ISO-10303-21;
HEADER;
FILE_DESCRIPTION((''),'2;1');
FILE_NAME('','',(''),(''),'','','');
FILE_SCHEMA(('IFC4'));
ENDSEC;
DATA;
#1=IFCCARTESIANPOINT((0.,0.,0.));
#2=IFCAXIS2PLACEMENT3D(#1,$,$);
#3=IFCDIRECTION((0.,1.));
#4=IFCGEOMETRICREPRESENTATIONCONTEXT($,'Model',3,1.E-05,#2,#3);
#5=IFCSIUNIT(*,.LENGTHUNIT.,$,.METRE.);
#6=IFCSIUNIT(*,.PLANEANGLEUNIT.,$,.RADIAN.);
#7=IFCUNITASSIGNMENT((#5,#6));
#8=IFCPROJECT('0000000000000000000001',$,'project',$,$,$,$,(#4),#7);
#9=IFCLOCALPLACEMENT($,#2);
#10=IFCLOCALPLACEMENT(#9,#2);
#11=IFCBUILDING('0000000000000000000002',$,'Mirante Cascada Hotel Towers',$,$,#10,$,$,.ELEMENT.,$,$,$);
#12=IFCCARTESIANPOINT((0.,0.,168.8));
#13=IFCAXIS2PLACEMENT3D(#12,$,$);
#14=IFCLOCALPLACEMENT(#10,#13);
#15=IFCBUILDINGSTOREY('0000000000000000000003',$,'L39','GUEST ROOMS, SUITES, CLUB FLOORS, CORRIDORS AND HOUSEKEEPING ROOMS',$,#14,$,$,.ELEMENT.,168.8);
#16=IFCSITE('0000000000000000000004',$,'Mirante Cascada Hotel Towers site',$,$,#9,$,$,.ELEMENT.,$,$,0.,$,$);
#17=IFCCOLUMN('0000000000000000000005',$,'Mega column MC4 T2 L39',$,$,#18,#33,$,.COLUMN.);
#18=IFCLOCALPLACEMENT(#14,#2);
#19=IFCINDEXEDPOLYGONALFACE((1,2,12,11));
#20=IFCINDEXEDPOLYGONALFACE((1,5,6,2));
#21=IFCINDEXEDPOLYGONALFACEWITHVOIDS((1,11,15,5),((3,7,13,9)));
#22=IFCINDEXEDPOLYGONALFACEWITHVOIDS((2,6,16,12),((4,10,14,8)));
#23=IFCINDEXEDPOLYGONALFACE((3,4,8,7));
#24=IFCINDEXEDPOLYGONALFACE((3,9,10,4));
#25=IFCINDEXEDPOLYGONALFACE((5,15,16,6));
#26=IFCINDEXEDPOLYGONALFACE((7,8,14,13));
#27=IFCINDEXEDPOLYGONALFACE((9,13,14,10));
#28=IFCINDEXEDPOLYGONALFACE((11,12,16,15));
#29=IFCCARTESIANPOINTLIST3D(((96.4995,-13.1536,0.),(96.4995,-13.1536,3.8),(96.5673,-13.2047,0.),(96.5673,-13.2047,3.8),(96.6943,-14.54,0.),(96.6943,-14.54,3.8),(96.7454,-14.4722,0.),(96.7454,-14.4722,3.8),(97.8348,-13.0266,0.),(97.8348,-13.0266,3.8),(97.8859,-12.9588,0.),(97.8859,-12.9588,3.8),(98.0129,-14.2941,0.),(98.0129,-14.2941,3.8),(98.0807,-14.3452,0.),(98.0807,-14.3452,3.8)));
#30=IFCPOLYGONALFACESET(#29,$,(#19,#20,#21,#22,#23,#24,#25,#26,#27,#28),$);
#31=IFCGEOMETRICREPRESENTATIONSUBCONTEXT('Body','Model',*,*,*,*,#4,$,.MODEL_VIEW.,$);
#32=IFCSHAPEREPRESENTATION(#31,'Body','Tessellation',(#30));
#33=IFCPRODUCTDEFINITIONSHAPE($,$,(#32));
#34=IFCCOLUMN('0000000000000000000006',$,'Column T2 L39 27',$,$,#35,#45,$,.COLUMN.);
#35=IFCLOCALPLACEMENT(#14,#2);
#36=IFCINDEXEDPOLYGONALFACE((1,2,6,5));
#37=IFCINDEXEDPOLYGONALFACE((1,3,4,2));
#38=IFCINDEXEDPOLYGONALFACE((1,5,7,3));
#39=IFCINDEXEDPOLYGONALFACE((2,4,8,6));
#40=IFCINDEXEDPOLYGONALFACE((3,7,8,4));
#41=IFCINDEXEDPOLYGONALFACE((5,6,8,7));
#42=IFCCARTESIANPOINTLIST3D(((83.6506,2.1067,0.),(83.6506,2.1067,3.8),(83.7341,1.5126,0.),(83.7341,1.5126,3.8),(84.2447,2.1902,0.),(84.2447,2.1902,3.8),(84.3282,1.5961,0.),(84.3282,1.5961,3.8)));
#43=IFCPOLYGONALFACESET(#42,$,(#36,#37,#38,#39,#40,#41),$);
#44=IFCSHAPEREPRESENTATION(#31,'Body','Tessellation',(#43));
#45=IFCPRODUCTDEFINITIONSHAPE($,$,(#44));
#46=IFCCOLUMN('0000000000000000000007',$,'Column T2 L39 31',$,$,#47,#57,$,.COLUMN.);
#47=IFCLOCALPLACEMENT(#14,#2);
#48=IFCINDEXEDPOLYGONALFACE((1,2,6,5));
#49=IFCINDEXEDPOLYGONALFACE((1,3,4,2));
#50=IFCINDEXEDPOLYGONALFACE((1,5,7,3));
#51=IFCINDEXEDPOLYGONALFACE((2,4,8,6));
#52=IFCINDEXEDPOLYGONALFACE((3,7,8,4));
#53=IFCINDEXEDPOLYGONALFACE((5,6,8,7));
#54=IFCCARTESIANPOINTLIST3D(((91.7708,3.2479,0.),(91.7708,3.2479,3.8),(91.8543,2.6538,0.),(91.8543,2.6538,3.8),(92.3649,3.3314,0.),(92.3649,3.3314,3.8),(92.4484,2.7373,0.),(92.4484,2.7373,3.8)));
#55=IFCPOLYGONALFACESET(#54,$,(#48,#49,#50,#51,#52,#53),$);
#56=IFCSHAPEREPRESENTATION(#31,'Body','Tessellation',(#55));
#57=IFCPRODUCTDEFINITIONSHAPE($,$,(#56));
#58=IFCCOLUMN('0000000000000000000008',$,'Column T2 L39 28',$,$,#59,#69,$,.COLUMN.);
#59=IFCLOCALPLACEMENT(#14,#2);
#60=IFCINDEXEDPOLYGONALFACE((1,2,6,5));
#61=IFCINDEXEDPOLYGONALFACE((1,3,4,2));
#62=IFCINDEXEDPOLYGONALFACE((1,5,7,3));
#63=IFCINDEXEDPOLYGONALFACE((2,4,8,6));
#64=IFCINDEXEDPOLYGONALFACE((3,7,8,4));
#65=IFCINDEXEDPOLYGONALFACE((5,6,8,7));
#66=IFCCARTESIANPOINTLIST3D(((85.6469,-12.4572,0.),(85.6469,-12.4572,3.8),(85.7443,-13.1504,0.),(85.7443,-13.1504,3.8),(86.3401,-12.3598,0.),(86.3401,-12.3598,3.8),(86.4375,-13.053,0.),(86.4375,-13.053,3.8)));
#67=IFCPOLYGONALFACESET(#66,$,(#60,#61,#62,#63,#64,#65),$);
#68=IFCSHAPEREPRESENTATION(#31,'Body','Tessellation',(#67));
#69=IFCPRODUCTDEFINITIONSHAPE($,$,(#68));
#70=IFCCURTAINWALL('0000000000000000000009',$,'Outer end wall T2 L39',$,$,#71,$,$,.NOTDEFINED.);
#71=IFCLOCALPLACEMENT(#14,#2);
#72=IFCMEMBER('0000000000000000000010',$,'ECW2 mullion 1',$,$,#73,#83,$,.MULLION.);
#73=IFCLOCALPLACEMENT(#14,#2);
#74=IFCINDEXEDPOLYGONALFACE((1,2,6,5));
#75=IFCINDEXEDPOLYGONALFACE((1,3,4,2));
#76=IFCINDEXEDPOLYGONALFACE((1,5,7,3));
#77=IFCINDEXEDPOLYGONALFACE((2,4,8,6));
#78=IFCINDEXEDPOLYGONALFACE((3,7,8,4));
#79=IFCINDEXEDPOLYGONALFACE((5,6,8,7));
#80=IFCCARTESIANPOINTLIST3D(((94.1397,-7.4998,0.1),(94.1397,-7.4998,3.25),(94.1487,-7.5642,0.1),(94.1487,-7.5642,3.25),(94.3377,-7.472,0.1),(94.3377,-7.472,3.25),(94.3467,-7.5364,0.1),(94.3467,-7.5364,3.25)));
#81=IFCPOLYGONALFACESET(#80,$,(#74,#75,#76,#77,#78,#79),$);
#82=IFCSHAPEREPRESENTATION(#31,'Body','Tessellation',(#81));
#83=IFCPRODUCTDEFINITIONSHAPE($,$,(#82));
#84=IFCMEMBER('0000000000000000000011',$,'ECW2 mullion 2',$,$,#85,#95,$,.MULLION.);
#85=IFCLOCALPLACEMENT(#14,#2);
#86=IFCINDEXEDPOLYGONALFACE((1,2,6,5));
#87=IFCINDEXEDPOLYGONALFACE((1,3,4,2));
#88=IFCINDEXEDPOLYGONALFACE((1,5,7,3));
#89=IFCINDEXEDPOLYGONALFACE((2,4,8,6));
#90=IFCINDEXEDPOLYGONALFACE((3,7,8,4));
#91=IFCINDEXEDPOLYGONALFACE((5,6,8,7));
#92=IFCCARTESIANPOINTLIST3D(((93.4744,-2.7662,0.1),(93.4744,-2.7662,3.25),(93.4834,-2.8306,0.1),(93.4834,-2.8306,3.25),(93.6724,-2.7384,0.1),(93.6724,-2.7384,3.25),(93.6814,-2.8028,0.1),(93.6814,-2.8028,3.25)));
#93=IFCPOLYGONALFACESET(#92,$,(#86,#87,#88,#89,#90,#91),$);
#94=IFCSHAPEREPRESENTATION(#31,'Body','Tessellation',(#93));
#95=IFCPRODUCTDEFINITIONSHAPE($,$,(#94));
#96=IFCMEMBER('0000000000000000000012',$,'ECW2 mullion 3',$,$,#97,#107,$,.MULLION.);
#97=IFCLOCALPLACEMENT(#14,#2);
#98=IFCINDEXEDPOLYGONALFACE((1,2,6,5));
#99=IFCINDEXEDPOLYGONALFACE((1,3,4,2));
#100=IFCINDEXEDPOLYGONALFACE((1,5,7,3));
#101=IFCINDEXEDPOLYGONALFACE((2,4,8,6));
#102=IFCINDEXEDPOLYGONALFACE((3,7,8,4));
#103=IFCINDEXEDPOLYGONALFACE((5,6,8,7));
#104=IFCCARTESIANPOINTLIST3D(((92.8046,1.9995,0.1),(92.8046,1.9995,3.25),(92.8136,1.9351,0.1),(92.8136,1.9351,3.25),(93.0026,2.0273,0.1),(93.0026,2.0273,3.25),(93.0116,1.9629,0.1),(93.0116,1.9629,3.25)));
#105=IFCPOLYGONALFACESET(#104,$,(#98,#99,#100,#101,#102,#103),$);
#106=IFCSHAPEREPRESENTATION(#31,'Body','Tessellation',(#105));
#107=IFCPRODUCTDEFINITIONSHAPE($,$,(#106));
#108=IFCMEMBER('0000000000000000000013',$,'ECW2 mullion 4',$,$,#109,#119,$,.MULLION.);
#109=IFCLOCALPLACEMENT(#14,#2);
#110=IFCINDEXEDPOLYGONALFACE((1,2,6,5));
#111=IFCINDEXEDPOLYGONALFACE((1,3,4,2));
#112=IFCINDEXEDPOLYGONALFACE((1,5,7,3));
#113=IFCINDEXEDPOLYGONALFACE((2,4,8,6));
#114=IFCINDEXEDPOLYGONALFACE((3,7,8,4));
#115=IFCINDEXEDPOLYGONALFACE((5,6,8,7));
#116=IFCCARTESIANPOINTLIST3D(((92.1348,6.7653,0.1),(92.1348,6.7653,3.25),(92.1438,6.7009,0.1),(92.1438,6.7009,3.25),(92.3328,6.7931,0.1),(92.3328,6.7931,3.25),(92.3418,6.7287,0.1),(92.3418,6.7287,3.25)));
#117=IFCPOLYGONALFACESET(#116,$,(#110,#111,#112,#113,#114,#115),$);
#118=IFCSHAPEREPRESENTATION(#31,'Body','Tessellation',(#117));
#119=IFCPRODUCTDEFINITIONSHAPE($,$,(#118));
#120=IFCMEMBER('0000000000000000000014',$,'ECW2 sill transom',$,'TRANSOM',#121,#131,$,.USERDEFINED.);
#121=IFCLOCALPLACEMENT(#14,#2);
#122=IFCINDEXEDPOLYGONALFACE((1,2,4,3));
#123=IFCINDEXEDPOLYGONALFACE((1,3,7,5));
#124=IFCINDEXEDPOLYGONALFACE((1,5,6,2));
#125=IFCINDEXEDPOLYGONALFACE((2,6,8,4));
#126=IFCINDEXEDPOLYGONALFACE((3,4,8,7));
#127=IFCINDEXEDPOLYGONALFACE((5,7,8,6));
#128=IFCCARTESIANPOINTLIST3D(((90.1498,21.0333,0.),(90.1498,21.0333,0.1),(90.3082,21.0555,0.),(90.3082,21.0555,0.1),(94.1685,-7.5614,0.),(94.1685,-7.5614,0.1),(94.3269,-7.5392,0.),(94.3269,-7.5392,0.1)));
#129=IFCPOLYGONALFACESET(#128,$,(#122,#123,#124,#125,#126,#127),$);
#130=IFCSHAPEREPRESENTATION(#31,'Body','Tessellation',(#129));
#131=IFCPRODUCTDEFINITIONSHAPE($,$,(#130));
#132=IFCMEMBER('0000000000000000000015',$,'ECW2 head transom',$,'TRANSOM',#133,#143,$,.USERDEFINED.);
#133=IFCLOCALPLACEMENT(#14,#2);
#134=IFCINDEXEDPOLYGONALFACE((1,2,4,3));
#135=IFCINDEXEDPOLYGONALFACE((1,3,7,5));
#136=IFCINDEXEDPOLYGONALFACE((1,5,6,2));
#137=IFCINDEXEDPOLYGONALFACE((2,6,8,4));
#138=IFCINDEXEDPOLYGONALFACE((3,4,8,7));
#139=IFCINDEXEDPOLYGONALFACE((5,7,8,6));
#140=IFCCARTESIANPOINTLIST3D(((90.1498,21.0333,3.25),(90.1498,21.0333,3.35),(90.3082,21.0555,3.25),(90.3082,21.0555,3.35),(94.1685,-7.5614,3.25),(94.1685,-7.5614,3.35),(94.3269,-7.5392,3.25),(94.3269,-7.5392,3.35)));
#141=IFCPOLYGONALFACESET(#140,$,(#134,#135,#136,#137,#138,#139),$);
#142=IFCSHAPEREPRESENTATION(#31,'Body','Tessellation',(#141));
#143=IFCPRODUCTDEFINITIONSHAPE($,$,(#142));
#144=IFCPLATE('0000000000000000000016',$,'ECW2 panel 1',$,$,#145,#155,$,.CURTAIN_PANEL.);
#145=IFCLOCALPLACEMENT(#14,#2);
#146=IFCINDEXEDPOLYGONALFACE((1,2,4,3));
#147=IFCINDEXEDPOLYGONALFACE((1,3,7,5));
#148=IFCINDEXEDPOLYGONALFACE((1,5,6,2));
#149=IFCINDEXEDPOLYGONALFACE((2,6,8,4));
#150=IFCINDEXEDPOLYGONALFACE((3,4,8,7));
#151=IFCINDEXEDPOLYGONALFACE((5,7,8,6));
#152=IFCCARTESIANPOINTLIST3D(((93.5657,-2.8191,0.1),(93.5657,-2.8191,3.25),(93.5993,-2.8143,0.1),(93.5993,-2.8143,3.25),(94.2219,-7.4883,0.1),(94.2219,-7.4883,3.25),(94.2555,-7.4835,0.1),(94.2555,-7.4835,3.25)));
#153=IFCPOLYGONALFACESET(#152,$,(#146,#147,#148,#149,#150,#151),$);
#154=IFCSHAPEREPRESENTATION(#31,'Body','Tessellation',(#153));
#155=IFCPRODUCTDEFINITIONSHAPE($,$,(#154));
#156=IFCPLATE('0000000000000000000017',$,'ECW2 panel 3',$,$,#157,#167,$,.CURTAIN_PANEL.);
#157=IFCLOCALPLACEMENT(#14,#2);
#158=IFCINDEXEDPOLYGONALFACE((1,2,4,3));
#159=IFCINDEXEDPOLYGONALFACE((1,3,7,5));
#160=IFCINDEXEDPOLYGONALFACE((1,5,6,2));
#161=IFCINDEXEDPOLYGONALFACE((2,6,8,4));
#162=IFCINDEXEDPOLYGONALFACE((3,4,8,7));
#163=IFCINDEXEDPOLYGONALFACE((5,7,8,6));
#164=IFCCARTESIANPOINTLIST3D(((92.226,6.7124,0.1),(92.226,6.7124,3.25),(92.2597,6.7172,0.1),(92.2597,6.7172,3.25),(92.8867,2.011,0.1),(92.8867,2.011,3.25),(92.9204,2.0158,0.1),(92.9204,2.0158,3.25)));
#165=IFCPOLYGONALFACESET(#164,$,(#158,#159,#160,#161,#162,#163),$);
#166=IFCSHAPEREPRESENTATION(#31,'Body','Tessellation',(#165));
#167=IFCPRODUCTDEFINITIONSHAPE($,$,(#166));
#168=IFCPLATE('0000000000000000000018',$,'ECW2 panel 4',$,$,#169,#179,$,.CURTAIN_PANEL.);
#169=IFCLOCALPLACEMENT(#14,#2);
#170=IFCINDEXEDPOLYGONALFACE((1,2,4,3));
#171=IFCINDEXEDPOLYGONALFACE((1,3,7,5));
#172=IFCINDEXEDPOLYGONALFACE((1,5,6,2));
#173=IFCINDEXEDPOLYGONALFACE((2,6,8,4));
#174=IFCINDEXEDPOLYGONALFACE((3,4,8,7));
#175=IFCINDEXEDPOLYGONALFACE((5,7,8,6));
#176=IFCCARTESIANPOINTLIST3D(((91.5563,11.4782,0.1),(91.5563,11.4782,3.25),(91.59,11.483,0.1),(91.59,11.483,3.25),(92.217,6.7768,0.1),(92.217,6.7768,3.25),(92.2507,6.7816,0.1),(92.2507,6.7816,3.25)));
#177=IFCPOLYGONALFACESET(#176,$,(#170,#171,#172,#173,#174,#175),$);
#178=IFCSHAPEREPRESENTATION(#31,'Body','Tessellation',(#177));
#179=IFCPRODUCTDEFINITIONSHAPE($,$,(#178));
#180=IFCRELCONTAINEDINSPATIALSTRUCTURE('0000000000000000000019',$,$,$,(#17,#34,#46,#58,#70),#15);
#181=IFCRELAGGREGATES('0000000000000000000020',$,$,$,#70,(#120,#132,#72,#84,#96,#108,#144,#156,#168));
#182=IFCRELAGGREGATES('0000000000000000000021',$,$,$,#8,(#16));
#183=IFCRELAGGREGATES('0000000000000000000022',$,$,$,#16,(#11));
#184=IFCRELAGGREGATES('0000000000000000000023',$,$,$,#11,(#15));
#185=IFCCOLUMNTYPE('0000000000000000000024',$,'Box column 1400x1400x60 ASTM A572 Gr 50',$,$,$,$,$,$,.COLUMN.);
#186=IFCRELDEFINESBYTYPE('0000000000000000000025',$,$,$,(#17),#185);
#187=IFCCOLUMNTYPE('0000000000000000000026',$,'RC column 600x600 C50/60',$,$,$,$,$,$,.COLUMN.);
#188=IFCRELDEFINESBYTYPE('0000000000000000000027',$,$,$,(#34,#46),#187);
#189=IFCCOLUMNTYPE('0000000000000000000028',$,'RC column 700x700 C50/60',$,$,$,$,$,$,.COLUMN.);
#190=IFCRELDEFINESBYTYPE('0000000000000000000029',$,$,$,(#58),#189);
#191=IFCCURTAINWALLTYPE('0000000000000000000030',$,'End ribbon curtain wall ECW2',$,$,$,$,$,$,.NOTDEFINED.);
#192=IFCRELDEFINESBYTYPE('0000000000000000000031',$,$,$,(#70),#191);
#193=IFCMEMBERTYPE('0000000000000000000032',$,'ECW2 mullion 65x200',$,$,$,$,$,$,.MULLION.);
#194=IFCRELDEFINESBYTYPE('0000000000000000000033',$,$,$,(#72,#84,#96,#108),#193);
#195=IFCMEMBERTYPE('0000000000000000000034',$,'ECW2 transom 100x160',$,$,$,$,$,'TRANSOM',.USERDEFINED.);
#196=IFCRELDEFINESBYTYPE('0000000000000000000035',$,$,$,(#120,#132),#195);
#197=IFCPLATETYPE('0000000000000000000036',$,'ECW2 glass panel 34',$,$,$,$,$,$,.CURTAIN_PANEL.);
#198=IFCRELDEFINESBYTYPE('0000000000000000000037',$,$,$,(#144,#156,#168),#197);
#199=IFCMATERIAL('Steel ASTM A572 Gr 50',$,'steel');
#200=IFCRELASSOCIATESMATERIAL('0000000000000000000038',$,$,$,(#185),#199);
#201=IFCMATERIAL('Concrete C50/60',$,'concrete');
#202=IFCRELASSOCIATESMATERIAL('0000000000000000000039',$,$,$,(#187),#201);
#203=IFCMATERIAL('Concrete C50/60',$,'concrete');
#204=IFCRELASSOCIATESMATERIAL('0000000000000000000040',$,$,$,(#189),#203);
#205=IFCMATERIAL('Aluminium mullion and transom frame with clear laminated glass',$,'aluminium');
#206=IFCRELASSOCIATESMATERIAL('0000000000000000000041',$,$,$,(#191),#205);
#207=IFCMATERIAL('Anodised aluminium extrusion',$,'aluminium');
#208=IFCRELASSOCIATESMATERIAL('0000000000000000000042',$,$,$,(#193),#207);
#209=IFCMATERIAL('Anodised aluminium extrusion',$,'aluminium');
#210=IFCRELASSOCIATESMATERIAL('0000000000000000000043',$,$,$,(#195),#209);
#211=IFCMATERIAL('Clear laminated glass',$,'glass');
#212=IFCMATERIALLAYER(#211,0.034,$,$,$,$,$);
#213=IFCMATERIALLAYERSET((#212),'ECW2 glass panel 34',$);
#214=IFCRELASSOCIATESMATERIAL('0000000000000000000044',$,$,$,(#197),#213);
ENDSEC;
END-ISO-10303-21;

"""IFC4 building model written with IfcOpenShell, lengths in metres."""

from ifc_helpers import new_model, si_unit, direction, frame, origin, origin_2d, place, context, subcontext, project, spatial, rectangle, hollow_rectangle, extrude, material, layer, layer_set, material_profile, profile_set, type_object, element, aggregate, save


model = new_model("IFC4")

# Units and contexts
model_context = context("Model", 3, precision=1e-05, world=origin(), true_north=direction((0.0, 1.0)))
body_context = subcontext(model_context, "Body", "Model", "MODEL_VIEW")
ifc_project = project(units=[si_unit("LENGTHUNIT", "METRE"), si_unit("PLANEANGLEUNIT", "RADIAN")], contexts=[model_context])

# Site, building, storey
site_placement = place(None, origin())
site = spatial("IfcSite", under=ifc_project, at=site_placement, Name="Mirante Cascada Hotel Towers site", CompositionType="ELEMENT", RefElevation=0.0)
building_placement = place(site_placement, origin())
building = spatial("IfcBuilding", under=site, at=building_placement, Name="Mirante Cascada Hotel Towers", CompositionType="ELEMENT")
storey_placement = place(building_placement, frame((0.0, 0.0, 168.8)))
storey = spatial("IfcBuildingStorey", under=building, at=storey_placement, Name="L39", Description="GUEST ROOMS, SUITES, CLUB FLOORS, CORRIDORS AND HOUSEKEEPING ROOMS", CompositionType="ELEMENT", Elevation=168.8)

# Columns
ifc_material_1 = material(Name="Steel ASTM A572 Gr 50", Category="steel")
ifc_material_profile_1 = material_profile(ifc_material_1, hollow_rectangle(XDim=1.4, YDim=1.4, WallThickness=0.06, at=origin_2d()), Name="Box column 1400x1400x60 ASTM A572 Gr 50")
ifc_profile_set_1 = profile_set([ifc_material_profile_1], Name="Steel ASTM A572 Gr 50")
column_type_1 = type_object("IfcColumnType", Name="Box column 1400x1400x60 ASTM A572 Gr 50", PredefinedType="COLUMN", material=ifc_profile_set_1)
column_1_placement = place(storey_placement, frame((97.2901, -13.7494, 0.0), z_axis=(0.0, 0.0, 1.0), x_axis=(0.990268, 0.139173, 0.0)))
element("IfcColumn", 1, at=column_1_placement, inside=storey, type_object=column_type_1, Name="Mega column MC4 T2 L39", PredefinedType="COLUMN", context=body_context, shape_type="SweptSolid", body=[
    extrude(hollow_rectangle(XDim=1.4, YDim=1.4, WallThickness=0.06, at=origin_2d()), origin(), (0.0, 0.0, 1.0), 3.8),
])
ifc_material_2 = material(Name="Concrete C50/60", Category="concrete")
ifc_material_profile_2 = material_profile(ifc_material_2, rectangle(XDim=0.6, YDim=0.6, at=origin_2d()), Name="RC column 600x600 C50/60")
ifc_profile_set_2 = profile_set([ifc_material_profile_2], Name="Concrete C50/60")
column_type_2 = type_object("IfcColumnType", Name="RC column 600x600 C50/60", PredefinedType="COLUMN", material=ifc_profile_set_2)
for number, where, z_axis, x_axis, name in (
    (2, (83.9894, 1.8514, 0.0), (0.0, 0.0, 1.0), (0.990268, 0.139173, 0.0), "Column T2 L39 27"),
    (3, (92.1096, 2.9926, 0.0), (0.0, 0.0, 1.0), (0.990268, 0.139173, 0.0), "Column T2 L39 31"),
):
    element("IfcColumn", number, at=place(storey_placement, frame(where, z_axis=z_axis, x_axis=x_axis)), inside=storey, type_object=column_type_2, Name=name, PredefinedType="COLUMN", context=body_context, shape_type="SweptSolid", body=[
        extrude(rectangle(XDim=0.6, YDim=0.6, at=origin_2d()), origin(), (0.0, 0.0, 1.0), 3.8),
    ])
ifc_material_3 = material(Name="Concrete C50/60", Category="concrete")
ifc_material_profile_3 = material_profile(ifc_material_3, rectangle(XDim=0.7, YDim=0.7, at=origin_2d()), Name="RC column 700x700 C50/60")
ifc_profile_set_3 = profile_set([ifc_material_profile_3], Name="Concrete C50/60")
column_type_3 = type_object("IfcColumnType", Name="RC column 700x700 C50/60", PredefinedType="COLUMN", material=ifc_profile_set_3)
column_2_placement = place(storey_placement, frame((86.0422, -12.7551, 0.0), z_axis=(0.0, 0.0, 1.0), x_axis=(0.990268, 0.139173, 0.0)))
element("IfcColumn", 4, at=column_2_placement, inside=storey, type_object=column_type_3, Name="Column T2 L39 28", PredefinedType="COLUMN", context=body_context, shape_type="SweptSolid", body=[
    extrude(rectangle(XDim=0.7, YDim=0.7, at=origin_2d()), origin(), (0.0, 0.0, 1.0), 3.8),
])

# Curtain wall, members, plates
ifc_material_4 = material(Name="Aluminium mullion and transom frame with clear laminated glass", Category="aluminium")
curtain_wall_type = type_object("IfcCurtainWallType", Name="End ribbon curtain wall ECW2", PredefinedType="NOTDEFINED", material=ifc_material_4)
curtain_wall_placement = place(storey_placement, origin())
curtain_wall = element("IfcCurtainWall", 5, at=curtain_wall_placement, inside=storey, type_object=curtain_wall_type, Name="Outer end wall T2 L39", PredefinedType="NOTDEFINED")
ifc_material_5 = material(Name="Anodised aluminium extrusion", Category="aluminium")
ifc_material_profile_4 = material_profile(ifc_material_5, rectangle(XDim=0.2, YDim=0.065, at=origin_2d()), Name="ECW2 MULLION 65x200")
ifc_profile_set_4 = profile_set([ifc_material_profile_4], Name="Anodised aluminium extrusion")
member_type_1 = type_object("IfcMemberType", Name="ECW2 mullion 65x200", PredefinedType="MULLION", material=ifc_profile_set_4)
member_1_placement = place(storey_placement, frame((94.2432, -7.5181, 0.1), z_axis=(0.0, 0.0, 1.0), x_axis=(-0.990268, -0.139173, 0.0)))
member_1 = element("IfcMember", 6, at=member_1_placement, type_object=member_type_1, Name="ECW2 mullion 1", PredefinedType="MULLION", context=body_context, shape_type="SweptSolid", body=[
    extrude(rectangle(XDim=0.2, YDim=0.065, at=origin_2d()), origin(), (0.0, 0.0, 1.0), 3.15),
])
member_2_placement = place(storey_placement, frame((93.5779, -2.7845, 0.1), z_axis=(0.0, 0.0, 1.0), x_axis=(-0.990268, -0.139173, 0.0)))
member_2 = element("IfcMember", 7, at=member_2_placement, type_object=member_type_1, Name="ECW2 mullion 2", PredefinedType="MULLION", context=body_context, shape_type="SweptSolid", body=[
    extrude(rectangle(XDim=0.2, YDim=0.065, at=origin_2d()), origin(), (0.0, 0.0, 1.0), 3.15),
])
member_3_placement = place(storey_placement, frame((92.9081, 1.9812, 0.1), z_axis=(0.0, 0.0, 1.0), x_axis=(-0.990268, -0.139173, 0.0)))
member_3 = element("IfcMember", 8, at=member_3_placement, type_object=member_type_1, Name="ECW2 mullion 3", PredefinedType="MULLION", context=body_context, shape_type="SweptSolid", body=[
    extrude(rectangle(XDim=0.2, YDim=0.065, at=origin_2d()), origin(), (0.0, 0.0, 1.0), 3.15),
])
member_4_placement = place(storey_placement, frame((92.2383, 6.747, 0.1), z_axis=(0.0, 0.0, 1.0), x_axis=(-0.990268, -0.139173, 0.0)))
member_4 = element("IfcMember", 9, at=member_4_placement, type_object=member_type_1, Name="ECW2 mullion 4", PredefinedType="MULLION", context=body_context, shape_type="SweptSolid", body=[
    extrude(rectangle(XDim=0.2, YDim=0.065, at=origin_2d()), origin(), (0.0, 0.0, 1.0), 3.15),
])
ifc_material_6 = material(Name="Anodised aluminium extrusion", Category="aluminium")
ifc_material_profile_5 = material_profile(ifc_material_6, rectangle(XDim=0.16, YDim=0.1, at=origin_2d()), Name="ECW2 TRANSOM 100x160")
ifc_profile_set_5 = profile_set([ifc_material_profile_5], Name="Anodised aluminium extrusion")
member_type_2 = type_object("IfcMemberType", Name="ECW2 transom 100x160", ElementType="TRANSOM", PredefinedType="USERDEFINED", material=ifc_profile_set_5)
member_5_placement = place(storey_placement, frame((94.2477, -7.5503, 0.05), z_axis=(-0.139172, 0.990268, 0.0), x_axis=(-0.990268, -0.139172, 0.0)))
member_5 = element("IfcMember", 10, at=member_5_placement, type_object=member_type_2, Name="ECW2 sill transom", ObjectType="TRANSOM", PredefinedType="USERDEFINED", context=body_context, shape_type="SweptSolid", body=[
    extrude(rectangle(XDim=0.16, YDim=0.1, at=origin_2d()), origin(), (0.0, 0.0, 1.0), 28.8757),
])
member_6_placement = place(storey_placement, frame((94.2477, -7.5503, 3.3), z_axis=(-0.139172, 0.990268, 0.0), x_axis=(-0.990268, -0.139172, 0.0)))
member_6 = element("IfcMember", 11, at=member_6_placement, type_object=member_type_2, Name="ECW2 head transom", ObjectType="TRANSOM", PredefinedType="USERDEFINED", context=body_context, shape_type="SweptSolid", body=[
    extrude(rectangle(XDim=0.16, YDim=0.1, at=origin_2d()), origin(), (0.0, 0.0, 1.0), 28.8757),
])
ifc_material_7 = material(Name="Clear laminated glass", Category="glass")
ifc_layer_1 = layer(ifc_material_7, 0.034)
ifc_layer_set_1 = layer_set([ifc_layer_1], Name="ECW2 glass panel 34")
plate_type_1 = type_object("IfcPlateType", Name="ECW2 glass panel 34", PredefinedType="CURTAIN_PANEL", material=ifc_layer_set_1)
plate_1_placement = place(storey_placement, frame((93.9106, -5.1513, 0.1), z_axis=(0.0, 0.0, 1.0), x_axis=(-0.139173, 0.990268, 0.0)))
plate_1 = element("IfcPlate", 12, at=plate_1_placement, type_object=plate_type_1, Name="ECW2 panel 1", PredefinedType="CURTAIN_PANEL", context=body_context, shape_type="SweptSolid", body=[
    extrude(rectangle(XDim=4.7151, YDim=0.034, at=origin_2d()), origin(), (0.0, 0.0, 1.0), 3.15),
])
plate_2_placement = place(storey_placement, frame((92.5732, 4.3641, 0.1), z_axis=(0.0, 0.0, 1.0), x_axis=(-0.139173, 0.990268, 0.0)))
plate_2 = element("IfcPlate", 13, at=plate_2_placement, type_object=plate_type_1, Name="ECW2 panel 3", PredefinedType="CURTAIN_PANEL", context=body_context, shape_type="SweptSolid", body=[
    extrude(rectangle(XDim=4.7476, YDim=0.034, at=origin_2d()), origin(), (0.0, 0.0, 1.0), 3.15),
])
plate_3_placement = place(storey_placement, frame((91.9035, 9.1299, 0.1), z_axis=(0.0, 0.0, 1.0), x_axis=(-0.139173, 0.990268, 0.0)))
plate_3 = element("IfcPlate", 14, at=plate_3_placement, type_object=plate_type_1, Name="ECW2 panel 4", PredefinedType="CURTAIN_PANEL", context=body_context, shape_type="SweptSolid", body=[
    extrude(rectangle(XDim=4.7476, YDim=0.034, at=origin_2d()), origin(), (0.0, 0.0, 1.0), 3.15),
])
aggregate(curtain_wall, [member_5, member_6, member_1, member_2, member_3, member_4, plate_1, plate_2, plate_3])

save(model, "model.ifc")
